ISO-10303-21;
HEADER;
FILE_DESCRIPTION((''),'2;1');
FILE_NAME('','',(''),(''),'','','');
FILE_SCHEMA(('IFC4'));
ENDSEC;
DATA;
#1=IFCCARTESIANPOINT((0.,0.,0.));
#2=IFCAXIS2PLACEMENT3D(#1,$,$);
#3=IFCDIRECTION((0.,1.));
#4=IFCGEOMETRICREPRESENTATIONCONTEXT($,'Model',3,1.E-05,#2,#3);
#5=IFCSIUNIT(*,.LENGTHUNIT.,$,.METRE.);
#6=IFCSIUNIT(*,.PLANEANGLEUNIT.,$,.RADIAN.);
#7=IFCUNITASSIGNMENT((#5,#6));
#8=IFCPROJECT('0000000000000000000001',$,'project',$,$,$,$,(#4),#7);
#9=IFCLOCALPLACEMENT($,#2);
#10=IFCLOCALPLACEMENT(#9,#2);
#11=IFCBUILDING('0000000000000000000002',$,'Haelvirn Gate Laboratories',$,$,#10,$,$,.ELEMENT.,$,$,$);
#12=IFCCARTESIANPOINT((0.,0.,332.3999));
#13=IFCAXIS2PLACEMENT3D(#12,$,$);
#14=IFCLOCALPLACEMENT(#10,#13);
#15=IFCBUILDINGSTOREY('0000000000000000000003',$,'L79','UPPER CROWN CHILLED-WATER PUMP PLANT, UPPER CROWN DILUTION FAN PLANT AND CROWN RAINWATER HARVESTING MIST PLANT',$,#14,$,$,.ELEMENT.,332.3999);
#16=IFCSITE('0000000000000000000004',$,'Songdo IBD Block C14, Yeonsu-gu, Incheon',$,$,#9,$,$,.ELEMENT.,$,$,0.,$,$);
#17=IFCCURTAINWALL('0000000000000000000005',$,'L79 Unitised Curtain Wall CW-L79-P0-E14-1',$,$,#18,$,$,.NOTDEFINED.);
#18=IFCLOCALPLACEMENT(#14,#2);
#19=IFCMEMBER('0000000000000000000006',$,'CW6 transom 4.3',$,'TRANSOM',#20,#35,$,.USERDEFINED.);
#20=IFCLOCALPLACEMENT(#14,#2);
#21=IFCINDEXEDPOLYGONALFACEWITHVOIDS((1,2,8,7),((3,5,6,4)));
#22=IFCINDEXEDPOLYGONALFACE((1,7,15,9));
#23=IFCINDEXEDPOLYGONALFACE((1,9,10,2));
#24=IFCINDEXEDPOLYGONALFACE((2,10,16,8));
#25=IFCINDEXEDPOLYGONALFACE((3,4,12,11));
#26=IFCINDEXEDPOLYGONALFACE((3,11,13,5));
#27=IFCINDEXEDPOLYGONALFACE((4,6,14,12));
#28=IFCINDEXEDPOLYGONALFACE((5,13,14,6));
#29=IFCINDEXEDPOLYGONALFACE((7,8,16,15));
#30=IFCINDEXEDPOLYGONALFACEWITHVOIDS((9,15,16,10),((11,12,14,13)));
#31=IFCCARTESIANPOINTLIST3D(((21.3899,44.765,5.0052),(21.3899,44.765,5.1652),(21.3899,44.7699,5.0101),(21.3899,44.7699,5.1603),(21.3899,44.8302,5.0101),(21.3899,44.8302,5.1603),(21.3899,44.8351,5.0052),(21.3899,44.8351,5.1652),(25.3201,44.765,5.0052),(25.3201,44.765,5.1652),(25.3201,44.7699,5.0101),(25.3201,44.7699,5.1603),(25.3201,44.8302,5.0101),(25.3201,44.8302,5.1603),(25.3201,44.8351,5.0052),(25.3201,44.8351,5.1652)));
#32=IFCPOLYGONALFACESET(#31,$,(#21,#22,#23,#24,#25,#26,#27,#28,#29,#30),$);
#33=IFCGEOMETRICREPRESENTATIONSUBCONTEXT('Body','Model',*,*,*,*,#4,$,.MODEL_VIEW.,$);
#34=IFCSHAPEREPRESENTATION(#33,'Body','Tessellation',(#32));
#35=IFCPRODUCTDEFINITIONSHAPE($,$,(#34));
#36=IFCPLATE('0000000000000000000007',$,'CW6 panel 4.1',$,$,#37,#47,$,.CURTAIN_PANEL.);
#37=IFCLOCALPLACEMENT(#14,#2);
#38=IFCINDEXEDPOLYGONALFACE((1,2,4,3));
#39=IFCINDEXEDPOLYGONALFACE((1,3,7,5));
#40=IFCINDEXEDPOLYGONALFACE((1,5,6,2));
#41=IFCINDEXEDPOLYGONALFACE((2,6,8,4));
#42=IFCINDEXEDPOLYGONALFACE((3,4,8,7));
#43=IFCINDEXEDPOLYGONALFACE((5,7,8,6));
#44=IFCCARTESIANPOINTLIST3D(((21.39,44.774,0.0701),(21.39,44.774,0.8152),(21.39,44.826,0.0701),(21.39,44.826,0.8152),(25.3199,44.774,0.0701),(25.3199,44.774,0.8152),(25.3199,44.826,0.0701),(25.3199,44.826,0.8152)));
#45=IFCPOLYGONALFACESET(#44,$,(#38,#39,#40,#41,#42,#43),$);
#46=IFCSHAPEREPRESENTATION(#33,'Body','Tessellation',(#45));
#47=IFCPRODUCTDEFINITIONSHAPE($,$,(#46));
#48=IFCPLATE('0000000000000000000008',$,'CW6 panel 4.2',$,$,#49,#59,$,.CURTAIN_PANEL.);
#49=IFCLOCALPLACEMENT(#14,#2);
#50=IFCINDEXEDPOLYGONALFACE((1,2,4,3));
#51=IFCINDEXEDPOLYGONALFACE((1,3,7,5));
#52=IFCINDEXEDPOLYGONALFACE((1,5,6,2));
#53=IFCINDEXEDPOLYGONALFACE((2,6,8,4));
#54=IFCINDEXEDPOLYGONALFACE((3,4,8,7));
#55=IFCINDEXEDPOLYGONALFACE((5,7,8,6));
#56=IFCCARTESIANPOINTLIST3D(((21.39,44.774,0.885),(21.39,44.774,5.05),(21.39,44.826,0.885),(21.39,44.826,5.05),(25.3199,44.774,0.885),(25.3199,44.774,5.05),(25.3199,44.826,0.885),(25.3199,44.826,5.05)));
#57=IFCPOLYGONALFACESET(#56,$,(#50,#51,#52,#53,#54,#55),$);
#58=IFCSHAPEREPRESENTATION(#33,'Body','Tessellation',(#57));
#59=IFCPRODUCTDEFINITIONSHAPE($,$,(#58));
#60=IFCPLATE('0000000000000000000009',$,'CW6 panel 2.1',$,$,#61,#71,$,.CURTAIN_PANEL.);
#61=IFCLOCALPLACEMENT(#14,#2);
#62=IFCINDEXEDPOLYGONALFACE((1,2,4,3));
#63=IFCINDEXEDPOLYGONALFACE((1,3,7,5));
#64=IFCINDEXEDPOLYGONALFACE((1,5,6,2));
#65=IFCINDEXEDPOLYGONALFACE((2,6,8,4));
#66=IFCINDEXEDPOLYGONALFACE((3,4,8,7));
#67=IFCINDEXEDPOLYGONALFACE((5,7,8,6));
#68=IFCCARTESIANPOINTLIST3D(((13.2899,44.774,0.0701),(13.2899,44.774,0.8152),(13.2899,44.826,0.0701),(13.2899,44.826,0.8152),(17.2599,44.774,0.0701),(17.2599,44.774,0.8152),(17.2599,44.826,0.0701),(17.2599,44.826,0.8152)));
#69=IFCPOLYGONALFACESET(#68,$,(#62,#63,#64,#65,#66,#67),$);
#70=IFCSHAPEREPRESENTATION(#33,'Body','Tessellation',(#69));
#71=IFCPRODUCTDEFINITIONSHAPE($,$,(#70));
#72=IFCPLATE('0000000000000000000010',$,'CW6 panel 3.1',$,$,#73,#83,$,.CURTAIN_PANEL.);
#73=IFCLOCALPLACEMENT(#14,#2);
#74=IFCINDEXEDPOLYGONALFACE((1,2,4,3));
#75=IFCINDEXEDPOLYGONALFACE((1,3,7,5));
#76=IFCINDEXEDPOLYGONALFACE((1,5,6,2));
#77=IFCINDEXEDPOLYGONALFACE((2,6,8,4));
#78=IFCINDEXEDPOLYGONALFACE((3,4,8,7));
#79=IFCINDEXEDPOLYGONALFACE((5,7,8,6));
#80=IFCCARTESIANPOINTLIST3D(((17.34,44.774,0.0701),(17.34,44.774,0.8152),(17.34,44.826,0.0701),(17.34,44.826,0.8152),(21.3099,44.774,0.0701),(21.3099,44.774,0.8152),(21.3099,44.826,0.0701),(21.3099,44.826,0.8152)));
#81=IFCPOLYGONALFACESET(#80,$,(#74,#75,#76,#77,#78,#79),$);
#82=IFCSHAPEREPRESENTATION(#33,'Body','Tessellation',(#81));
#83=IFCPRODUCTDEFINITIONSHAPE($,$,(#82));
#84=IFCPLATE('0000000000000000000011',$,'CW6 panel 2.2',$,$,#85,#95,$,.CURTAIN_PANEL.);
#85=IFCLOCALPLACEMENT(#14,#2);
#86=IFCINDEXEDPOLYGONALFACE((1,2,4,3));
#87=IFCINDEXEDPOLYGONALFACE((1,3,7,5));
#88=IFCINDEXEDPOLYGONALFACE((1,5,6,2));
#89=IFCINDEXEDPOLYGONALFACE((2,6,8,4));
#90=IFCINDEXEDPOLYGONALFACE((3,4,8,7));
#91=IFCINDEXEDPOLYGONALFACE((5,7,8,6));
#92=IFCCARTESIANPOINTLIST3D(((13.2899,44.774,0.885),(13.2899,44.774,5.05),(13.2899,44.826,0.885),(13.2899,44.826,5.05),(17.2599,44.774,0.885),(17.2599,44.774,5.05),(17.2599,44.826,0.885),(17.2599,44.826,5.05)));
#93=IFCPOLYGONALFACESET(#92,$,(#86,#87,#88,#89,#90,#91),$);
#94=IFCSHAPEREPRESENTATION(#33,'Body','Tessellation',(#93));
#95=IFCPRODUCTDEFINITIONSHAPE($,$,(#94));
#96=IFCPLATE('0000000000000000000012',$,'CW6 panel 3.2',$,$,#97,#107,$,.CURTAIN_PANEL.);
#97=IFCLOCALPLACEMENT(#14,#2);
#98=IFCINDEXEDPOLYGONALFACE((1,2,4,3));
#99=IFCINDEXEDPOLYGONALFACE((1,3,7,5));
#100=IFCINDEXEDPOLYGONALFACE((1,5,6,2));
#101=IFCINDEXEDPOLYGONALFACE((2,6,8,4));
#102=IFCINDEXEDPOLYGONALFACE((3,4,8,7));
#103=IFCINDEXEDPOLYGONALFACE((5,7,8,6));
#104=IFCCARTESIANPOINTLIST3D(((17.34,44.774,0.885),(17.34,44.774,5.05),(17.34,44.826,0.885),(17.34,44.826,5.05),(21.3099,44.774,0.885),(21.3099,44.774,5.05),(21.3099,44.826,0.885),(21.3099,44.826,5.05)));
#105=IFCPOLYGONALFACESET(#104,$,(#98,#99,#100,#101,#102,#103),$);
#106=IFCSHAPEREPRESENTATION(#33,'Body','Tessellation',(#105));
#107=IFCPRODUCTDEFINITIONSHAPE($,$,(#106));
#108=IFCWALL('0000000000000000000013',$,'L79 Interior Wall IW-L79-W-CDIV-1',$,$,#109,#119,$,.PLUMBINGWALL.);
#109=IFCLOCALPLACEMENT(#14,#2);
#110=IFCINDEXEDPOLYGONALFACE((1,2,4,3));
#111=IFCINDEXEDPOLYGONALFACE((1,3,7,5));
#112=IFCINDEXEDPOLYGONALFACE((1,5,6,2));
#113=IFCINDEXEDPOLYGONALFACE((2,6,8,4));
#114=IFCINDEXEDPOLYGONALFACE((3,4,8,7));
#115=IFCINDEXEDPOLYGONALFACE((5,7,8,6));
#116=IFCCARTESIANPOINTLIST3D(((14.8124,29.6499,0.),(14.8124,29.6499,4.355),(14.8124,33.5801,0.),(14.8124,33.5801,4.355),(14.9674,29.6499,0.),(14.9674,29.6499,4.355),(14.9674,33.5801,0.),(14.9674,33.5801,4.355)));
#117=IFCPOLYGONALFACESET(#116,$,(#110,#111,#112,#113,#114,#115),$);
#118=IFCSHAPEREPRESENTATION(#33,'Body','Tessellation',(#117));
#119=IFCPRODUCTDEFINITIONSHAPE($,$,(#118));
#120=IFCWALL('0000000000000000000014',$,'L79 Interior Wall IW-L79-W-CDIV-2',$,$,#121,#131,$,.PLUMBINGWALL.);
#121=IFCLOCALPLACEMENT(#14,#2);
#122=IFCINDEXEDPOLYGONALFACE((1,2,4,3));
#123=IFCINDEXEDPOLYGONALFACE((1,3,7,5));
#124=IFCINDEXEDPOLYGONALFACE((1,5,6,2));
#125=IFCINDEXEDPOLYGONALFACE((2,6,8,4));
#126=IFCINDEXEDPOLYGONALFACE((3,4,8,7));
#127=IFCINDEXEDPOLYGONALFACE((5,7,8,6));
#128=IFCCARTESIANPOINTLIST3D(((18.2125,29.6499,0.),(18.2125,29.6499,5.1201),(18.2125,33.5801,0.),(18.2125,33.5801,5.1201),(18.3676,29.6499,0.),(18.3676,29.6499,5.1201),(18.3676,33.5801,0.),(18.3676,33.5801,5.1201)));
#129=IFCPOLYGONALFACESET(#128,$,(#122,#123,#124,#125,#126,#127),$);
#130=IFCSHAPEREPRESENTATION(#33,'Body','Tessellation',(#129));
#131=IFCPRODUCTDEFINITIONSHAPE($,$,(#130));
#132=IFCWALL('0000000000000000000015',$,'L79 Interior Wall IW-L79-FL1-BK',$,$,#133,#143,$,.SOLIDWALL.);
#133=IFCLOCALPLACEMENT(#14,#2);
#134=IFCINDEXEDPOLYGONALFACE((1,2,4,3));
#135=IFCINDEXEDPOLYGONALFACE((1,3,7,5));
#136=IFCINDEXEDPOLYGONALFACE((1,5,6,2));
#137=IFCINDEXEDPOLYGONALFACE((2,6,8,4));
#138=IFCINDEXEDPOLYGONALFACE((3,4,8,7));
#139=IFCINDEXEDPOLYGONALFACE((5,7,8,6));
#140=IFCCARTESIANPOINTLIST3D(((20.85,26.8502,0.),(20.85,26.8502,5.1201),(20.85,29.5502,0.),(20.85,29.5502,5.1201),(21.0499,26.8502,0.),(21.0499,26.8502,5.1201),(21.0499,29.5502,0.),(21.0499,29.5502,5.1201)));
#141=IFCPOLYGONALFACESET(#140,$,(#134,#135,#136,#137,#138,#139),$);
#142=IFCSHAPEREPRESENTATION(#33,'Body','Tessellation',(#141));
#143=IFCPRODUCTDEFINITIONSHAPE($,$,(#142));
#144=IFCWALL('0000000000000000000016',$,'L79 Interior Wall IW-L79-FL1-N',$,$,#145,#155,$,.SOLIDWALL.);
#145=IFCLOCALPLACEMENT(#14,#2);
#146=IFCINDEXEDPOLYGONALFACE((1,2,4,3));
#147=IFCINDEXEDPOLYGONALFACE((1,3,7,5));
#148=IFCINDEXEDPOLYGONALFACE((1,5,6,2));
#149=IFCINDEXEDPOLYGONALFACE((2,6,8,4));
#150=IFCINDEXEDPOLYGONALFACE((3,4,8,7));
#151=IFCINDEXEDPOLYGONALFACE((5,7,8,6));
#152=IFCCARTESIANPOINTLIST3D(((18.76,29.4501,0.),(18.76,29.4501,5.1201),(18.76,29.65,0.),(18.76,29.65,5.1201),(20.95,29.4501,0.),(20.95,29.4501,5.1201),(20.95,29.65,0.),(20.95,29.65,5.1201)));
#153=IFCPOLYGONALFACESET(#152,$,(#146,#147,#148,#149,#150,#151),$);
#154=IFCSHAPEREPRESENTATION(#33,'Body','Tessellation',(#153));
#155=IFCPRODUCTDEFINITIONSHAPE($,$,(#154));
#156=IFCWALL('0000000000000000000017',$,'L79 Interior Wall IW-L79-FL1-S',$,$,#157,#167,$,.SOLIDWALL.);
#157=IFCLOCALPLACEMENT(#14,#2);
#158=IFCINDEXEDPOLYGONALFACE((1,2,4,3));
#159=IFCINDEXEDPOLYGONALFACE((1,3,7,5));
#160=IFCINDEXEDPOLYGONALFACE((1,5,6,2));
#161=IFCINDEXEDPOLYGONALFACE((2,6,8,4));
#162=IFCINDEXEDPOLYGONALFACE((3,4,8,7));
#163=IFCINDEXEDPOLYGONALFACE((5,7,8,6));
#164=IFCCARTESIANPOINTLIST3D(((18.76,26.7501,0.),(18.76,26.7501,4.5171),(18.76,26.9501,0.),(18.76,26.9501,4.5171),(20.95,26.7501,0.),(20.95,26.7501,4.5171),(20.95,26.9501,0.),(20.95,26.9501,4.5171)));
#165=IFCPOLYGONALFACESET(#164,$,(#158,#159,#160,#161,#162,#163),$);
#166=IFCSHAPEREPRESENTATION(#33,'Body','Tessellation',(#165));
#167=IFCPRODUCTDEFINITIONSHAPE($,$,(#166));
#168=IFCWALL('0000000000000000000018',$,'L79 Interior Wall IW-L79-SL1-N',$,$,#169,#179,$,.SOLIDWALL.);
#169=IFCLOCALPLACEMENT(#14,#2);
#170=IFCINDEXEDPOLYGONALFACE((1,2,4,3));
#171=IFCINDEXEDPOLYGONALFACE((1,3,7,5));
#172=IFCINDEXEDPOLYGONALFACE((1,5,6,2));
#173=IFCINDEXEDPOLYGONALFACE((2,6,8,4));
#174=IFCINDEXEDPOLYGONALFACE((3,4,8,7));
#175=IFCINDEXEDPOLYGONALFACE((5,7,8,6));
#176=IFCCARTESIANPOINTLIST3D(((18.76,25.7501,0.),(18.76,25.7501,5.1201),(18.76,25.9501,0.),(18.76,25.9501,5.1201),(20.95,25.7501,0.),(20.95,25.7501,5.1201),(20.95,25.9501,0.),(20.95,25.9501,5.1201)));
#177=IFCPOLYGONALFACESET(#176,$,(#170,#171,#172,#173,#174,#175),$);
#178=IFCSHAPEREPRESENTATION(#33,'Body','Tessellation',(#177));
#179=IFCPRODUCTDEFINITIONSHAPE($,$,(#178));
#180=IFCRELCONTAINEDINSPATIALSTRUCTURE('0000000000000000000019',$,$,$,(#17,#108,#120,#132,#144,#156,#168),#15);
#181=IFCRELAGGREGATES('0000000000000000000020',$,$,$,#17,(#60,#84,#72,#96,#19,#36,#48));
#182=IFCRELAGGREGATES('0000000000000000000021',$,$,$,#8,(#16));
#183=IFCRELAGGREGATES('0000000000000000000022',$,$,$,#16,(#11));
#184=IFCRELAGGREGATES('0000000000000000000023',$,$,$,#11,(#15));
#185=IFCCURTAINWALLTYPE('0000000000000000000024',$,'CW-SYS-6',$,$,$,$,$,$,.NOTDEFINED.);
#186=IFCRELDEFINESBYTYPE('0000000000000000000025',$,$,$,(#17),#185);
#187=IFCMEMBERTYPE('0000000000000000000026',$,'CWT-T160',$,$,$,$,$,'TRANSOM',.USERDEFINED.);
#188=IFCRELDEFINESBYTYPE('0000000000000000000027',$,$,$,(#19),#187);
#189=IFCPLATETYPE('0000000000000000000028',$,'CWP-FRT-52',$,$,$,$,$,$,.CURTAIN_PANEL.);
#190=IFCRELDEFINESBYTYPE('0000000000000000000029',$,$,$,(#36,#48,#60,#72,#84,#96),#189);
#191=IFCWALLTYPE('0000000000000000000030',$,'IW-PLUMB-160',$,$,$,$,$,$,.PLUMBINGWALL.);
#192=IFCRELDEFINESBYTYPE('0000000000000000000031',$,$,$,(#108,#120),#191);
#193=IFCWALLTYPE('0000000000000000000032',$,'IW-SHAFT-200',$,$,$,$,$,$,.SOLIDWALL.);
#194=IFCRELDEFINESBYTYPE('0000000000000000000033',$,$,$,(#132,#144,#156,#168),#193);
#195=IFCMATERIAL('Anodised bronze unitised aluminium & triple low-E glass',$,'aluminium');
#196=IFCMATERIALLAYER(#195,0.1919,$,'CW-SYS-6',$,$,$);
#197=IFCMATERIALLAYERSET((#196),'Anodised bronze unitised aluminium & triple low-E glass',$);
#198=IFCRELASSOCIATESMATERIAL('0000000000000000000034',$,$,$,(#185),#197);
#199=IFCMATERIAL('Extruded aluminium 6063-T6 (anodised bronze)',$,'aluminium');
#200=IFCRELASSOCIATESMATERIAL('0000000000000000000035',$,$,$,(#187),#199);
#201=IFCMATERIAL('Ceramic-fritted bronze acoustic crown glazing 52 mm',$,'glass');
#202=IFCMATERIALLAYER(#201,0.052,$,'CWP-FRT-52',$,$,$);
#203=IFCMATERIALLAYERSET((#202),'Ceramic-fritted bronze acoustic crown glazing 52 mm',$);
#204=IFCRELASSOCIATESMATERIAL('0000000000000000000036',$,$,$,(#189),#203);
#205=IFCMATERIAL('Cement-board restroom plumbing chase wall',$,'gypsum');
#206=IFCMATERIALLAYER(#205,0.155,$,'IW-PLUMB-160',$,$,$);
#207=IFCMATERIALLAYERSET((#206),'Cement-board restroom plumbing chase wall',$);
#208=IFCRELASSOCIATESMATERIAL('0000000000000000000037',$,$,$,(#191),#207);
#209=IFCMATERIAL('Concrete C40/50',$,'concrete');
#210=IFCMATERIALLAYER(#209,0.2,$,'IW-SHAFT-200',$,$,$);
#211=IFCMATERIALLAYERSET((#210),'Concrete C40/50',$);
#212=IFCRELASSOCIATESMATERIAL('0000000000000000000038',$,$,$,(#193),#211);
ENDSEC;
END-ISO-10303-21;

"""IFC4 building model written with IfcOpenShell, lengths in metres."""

from ifc_helpers import new_model, si_unit, direction, frame, frame_2d, origin, origin_2d, place, context, subcontext, project, spatial, rectangle, hollow_rectangle, extrude, source, transform, mapped, material, layer, layer_set, material_profile, profile_set, type_object, type_shapes, element, aggregate, save


model = new_model("IFC4")

# Units and contexts
model_context = context("Model", 3, precision=1e-05, world=origin(), true_north=direction((0.0, 1.0)))
body_context = subcontext(model_context, "Body", "Model", "MODEL_VIEW")
ifc_project = project(units=[si_unit("LENGTHUNIT", "METRE"), si_unit("PLANEANGLEUNIT", "RADIAN")], contexts=[model_context])

# Site, building, storey
site_placement = place(None, origin())
site = spatial("IfcSite", under=ifc_project, at=site_placement, Name="Songdo IBD Block C14, Yeonsu-gu, Incheon", CompositionType="ELEMENT", RefElevation=0.0)
building_placement = place(site_placement, origin())
building = spatial("IfcBuilding", under=site, at=building_placement, Name="Haelvirn Gate Laboratories", CompositionType="ELEMENT")
storey_placement = place(building_placement, frame((0.0, 0.0, 332.3999)))
storey = spatial("IfcBuildingStorey", under=building, at=storey_placement, Name="L79", Description="UPPER CROWN CHILLED-WATER PUMP PLANT, UPPER CROWN DILUTION FAN PLANT AND CROWN RAINWATER HARVESTING MIST PLANT", CompositionType="ELEMENT", Elevation=332.3999)

# Curtain wall, member, plates
ifc_material_1 = material(Name="Anodised bronze unitised aluminium & triple low-E glass", Category="aluminium")
ifc_layer_1 = layer(ifc_material_1, 0.1919, Name="CW-SYS-6")
ifc_layer_set_1 = layer_set([ifc_layer_1], Name="Anodised bronze unitised aluminium & triple low-E glass")
curtain_wall_type = type_object("IfcCurtainWallType", Name="CW-SYS-6", PredefinedType="NOTDEFINED", material=ifc_layer_set_1)
curtain_wall_placement = place(storey_placement, origin())
curtain_wall = element("IfcCurtainWall", 1, at=curtain_wall_placement, inside=storey, type_object=curtain_wall_type, Name="L79 Unitised Curtain Wall CW-L79-P0-E14-1", PredefinedType="NOTDEFINED")
ifc_material_2 = material(Name="Extruded aluminium 6063-T6 (anodised bronze)", Category="aluminium")
ifc_material_profile_1 = material_profile(ifc_material_2, hollow_rectangle(XDim=0.0701, YDim=0.1599, WallThickness=0.0049, at=origin_2d()), Name="CWT-160x70x5")
ifc_profile_set_1 = profile_set([ifc_material_profile_1], Name="Extruded aluminium 6063-T6 (anodised bronze)")
member_type_1 = type_object("IfcMemberType", Name="CWT-T160", ElementType="TRANSOM", PredefinedType="USERDEFINED", material=ifc_profile_set_1)
shared_shape_1 = source(origin(), body_context, "Body", "SweptSolid", [
    extrude(hollow_rectangle(XDim=0.0701, YDim=0.1599, WallThickness=0.0049, at=origin_2d()), origin(), (0.0, 0.0, 1.0), 3.9302),
])
member_1_placement = place(storey_placement, frame((21.3899, 44.8, 5.0852), z_axis=(1.0, 0.0, 0.0), x_axis=(0.0, 1.0, 0.0)))
member_1 = element("IfcMember", 2, at=member_1_placement, type_object=member_type_1, Name="CW6 transom 4.3", ObjectType="TRANSOM", PredefinedType="USERDEFINED", context=body_context, shape_type="MappedRepresentation", body=[
    mapped(shared_shape_1, transform((0.0, 0.0, 0.0), scale=1.0)),
])
ifc_material_3 = material(Name="Ceramic-fritted bronze acoustic crown glazing 52 mm", Category="glass")
ifc_layer_2 = layer(ifc_material_3, 0.052, Name="CWP-FRT-52")
ifc_layer_set_2 = layer_set([ifc_layer_2], Name="Ceramic-fritted bronze acoustic crown glazing 52 mm")
plate_type = type_object("IfcPlateType", Name="CWP-FRT-52", PredefinedType="CURTAIN_PANEL", material=ifc_layer_set_2)
shared_shape_2 = source(origin(), body_context, "Body", "SweptSolid", [
    extrude(rectangle(XDim=3.9299, YDim=0.052, at=origin_2d()), origin(), (0.0, 0.0, 1.0), 0.7451),
])
plate_1_placement = place(storey_placement, frame((23.355, 44.8, 0.0701), z_axis=(0.0, 0.0, 1.0), x_axis=(1.0, 0.0, 0.0)))
plate_1 = element("IfcPlate", 3, at=plate_1_placement, type_object=plate_type, Name="CW6 panel 4.1", PredefinedType="CURTAIN_PANEL", context=body_context, shape_type="MappedRepresentation", body=[
    mapped(shared_shape_2, transform((0.0, 0.0, 0.0), scale=1.0)),
])
shared_shape_3 = source(origin(), body_context, "Body", "SweptSolid", [
    extrude(rectangle(XDim=3.9299, YDim=0.052, at=origin_2d()), origin(), (0.0, 0.0, 1.0), 4.165),
])
plate_2_placement = place(storey_placement, frame((23.355, 44.8, 0.885), z_axis=(0.0, 0.0, 1.0), x_axis=(1.0, 0.0, 0.0)))
plate_2 = element("IfcPlate", 4, at=plate_2_placement, type_object=plate_type, Name="CW6 panel 4.2", PredefinedType="CURTAIN_PANEL", context=body_context, shape_type="MappedRepresentation", body=[
    mapped(shared_shape_3, transform((0.0, 0.0, 0.0), scale=1.0)),
])
shared_shape_4 = source(origin(), body_context, "Body", "SweptSolid", [
    extrude(rectangle(XDim=3.97, YDim=0.052, at=origin_2d()), origin(), (0.0, 0.0, 1.0), 0.7451),
])
plate_3_placement = place(storey_placement, frame((15.2749, 44.8, 0.0701), z_axis=(0.0, 0.0, 1.0), x_axis=(1.0, 0.0, 0.0)))
plate_3 = element("IfcPlate", 5, at=plate_3_placement, type_object=plate_type, Name="CW6 panel 2.1", PredefinedType="CURTAIN_PANEL", context=body_context, shape_type="MappedRepresentation", body=[
    mapped(shared_shape_4, transform((0.0, 0.0, 0.0), scale=1.0)),
])
plate_4_placement = place(storey_placement, frame((19.325, 44.8, 0.0701), z_axis=(0.0, 0.0, 1.0), x_axis=(1.0, 0.0, 0.0)))
plate_4 = element("IfcPlate", 6, at=plate_4_placement, type_object=plate_type, Name="CW6 panel 3.1", PredefinedType="CURTAIN_PANEL", context=body_context, shape_type="MappedRepresentation", body=[
    mapped(shared_shape_4, transform((0.0, 0.0, 0.0), scale=1.0)),
])
shared_shape_5 = source(origin(), body_context, "Body", "SweptSolid", [
    extrude(rectangle(XDim=3.97, YDim=0.052, at=origin_2d()), origin(), (0.0, 0.0, 1.0), 4.165),
])
type_shapes(plate_type, [shared_shape_2, shared_shape_3, shared_shape_4, shared_shape_5])
plate_5_placement = place(storey_placement, frame((15.2749, 44.8, 0.885), z_axis=(0.0, 0.0, 1.0), x_axis=(1.0, 0.0, 0.0)))
plate_5 = element("IfcPlate", 7, at=plate_5_placement, type_object=plate_type, Name="CW6 panel 2.2", PredefinedType="CURTAIN_PANEL", context=body_context, shape_type="MappedRepresentation", body=[
    mapped(shared_shape_5, transform((0.0, 0.0, 0.0), scale=1.0)),
])
plate_6_placement = place(storey_placement, frame((19.325, 44.8, 0.885), z_axis=(0.0, 0.0, 1.0), x_axis=(1.0, 0.0, 0.0)))
plate_6 = element("IfcPlate", 8, at=plate_6_placement, type_object=plate_type, Name="CW6 panel 3.2", PredefinedType="CURTAIN_PANEL", context=body_context, shape_type="MappedRepresentation", body=[
    mapped(shared_shape_5, transform((0.0, 0.0, 0.0), scale=1.0)),
])
aggregate(curtain_wall, [plate_3, plate_5, plate_4, plate_6, member_1, plate_1, plate_2])

# Walls
ifc_material_4 = material(Name="Cement-board restroom plumbing chase wall", Category="gypsum")
ifc_layer_3 = layer(ifc_material_4, 0.155, Name="IW-PLUMB-160")
ifc_layer_set_3 = layer_set([ifc_layer_3], Name="Cement-board restroom plumbing chase wall")
wall_type_1 = type_object("IfcWallType", Name="IW-PLUMB-160", PredefinedType="PLUMBINGWALL", material=ifc_layer_set_3)
wall_1_placement = place(storey_placement, frame((14.8899, 29.6499, 0.0), z_axis=(0.0, 0.0, 1.0), x_axis=(0.0, 1.0, 0.0)))
element("IfcWall", 9, at=wall_1_placement, inside=storey, type_object=wall_type_1, Name="L79 Interior Wall IW-L79-W-CDIV-1", PredefinedType="PLUMBINGWALL", context=body_context, shape_type="SweptSolid", body=[
    extrude(rectangle(XDim=3.9302, YDim=0.155, at=frame_2d((1.9651, 0.0))), origin(), (0.0, 0.0, 1.0), 4.355),
])
wall_2_placement = place(storey_placement, frame((18.29, 29.6499, 0.0), z_axis=(0.0, 0.0, 1.0), x_axis=(0.0, 1.0, 0.0)))
element("IfcWall", 10, at=wall_2_placement, inside=storey, type_object=wall_type_1, Name="L79 Interior Wall IW-L79-W-CDIV-2", PredefinedType="PLUMBINGWALL", context=body_context, shape_type="SweptSolid", body=[
    extrude(rectangle(XDim=3.9302, YDim=0.155, at=frame_2d((1.9651, 0.0))), origin(), (0.0, 0.0, 1.0), 5.1201),
])
ifc_material_5 = material(Name="Concrete C40/50", Category="concrete")
ifc_layer_4 = layer(ifc_material_5, 0.2, Name="IW-SHAFT-200")
ifc_layer_set_4 = layer_set([ifc_layer_4], Name="Concrete C40/50")
wall_type_2 = type_object("IfcWallType", Name="IW-SHAFT-200", PredefinedType="SOLIDWALL", material=ifc_layer_set_4)
wall_3_placement = place(storey_placement, frame((20.95, 26.8501, 0.0), z_axis=(0.0, 0.0, 1.0), x_axis=(0.0, 1.0, 0.0)))
element("IfcWall", 11, at=wall_3_placement, inside=storey, type_object=wall_type_2, Name="L79 Interior Wall IW-L79-FL1-BK", PredefinedType="SOLIDWALL", context=body_context, shape_type="SweptSolid", body=[
    extrude(rectangle(XDim=2.7, YDim=0.2, at=frame_2d((1.3501, 0.0))), origin(), (0.0, 0.0, 1.0), 5.1201),
])
wall_4_placement = place(storey_placement, frame((18.76, 29.55, 0.0), z_axis=(0.0, 0.0, 1.0), x_axis=(1.0, 0.0, 0.0)))
element("IfcWall", 12, at=wall_4_placement, inside=storey, type_object=wall_type_2, Name="L79 Interior Wall IW-L79-FL1-N", PredefinedType="SOLIDWALL", context=body_context, shape_type="SweptSolid", body=[
    extrude(rectangle(XDim=2.1899, YDim=0.2, at=frame_2d((1.095, 0.0))), origin(), (0.0, 0.0, 1.0), 5.1201),
])
wall_5_placement = place(storey_placement, frame((18.76, 26.8501, 0.0), z_axis=(0.0, 0.0, 1.0), x_axis=(1.0, 0.0, 0.0)))
element("IfcWall", 13, at=wall_5_placement, inside=storey, type_object=wall_type_2, Name="L79 Interior Wall IW-L79-FL1-S", PredefinedType="SOLIDWALL", context=body_context, shape_type="SweptSolid", body=[
    extrude(rectangle(XDim=2.1899, YDim=0.2, at=frame_2d((1.095, 0.0))), origin(), (0.0, 0.0, 1.0), 4.5171),
])
wall_6_placement = place(storey_placement, frame((18.76, 25.8501, 0.0), z_axis=(0.0, 0.0, 1.0), x_axis=(1.0, 0.0, 0.0)))
element("IfcWall", 14, at=wall_6_placement, inside=storey, type_object=wall_type_2, Name="L79 Interior Wall IW-L79-SL1-N", PredefinedType="SOLIDWALL", context=body_context, shape_type="SweptSolid", body=[
    extrude(rectangle(XDim=2.1899, YDim=0.2, at=frame_2d((1.095, 0.0))), origin(), (0.0, 0.0, 1.0), 5.1201),
])

save(model, "model.ifc")
